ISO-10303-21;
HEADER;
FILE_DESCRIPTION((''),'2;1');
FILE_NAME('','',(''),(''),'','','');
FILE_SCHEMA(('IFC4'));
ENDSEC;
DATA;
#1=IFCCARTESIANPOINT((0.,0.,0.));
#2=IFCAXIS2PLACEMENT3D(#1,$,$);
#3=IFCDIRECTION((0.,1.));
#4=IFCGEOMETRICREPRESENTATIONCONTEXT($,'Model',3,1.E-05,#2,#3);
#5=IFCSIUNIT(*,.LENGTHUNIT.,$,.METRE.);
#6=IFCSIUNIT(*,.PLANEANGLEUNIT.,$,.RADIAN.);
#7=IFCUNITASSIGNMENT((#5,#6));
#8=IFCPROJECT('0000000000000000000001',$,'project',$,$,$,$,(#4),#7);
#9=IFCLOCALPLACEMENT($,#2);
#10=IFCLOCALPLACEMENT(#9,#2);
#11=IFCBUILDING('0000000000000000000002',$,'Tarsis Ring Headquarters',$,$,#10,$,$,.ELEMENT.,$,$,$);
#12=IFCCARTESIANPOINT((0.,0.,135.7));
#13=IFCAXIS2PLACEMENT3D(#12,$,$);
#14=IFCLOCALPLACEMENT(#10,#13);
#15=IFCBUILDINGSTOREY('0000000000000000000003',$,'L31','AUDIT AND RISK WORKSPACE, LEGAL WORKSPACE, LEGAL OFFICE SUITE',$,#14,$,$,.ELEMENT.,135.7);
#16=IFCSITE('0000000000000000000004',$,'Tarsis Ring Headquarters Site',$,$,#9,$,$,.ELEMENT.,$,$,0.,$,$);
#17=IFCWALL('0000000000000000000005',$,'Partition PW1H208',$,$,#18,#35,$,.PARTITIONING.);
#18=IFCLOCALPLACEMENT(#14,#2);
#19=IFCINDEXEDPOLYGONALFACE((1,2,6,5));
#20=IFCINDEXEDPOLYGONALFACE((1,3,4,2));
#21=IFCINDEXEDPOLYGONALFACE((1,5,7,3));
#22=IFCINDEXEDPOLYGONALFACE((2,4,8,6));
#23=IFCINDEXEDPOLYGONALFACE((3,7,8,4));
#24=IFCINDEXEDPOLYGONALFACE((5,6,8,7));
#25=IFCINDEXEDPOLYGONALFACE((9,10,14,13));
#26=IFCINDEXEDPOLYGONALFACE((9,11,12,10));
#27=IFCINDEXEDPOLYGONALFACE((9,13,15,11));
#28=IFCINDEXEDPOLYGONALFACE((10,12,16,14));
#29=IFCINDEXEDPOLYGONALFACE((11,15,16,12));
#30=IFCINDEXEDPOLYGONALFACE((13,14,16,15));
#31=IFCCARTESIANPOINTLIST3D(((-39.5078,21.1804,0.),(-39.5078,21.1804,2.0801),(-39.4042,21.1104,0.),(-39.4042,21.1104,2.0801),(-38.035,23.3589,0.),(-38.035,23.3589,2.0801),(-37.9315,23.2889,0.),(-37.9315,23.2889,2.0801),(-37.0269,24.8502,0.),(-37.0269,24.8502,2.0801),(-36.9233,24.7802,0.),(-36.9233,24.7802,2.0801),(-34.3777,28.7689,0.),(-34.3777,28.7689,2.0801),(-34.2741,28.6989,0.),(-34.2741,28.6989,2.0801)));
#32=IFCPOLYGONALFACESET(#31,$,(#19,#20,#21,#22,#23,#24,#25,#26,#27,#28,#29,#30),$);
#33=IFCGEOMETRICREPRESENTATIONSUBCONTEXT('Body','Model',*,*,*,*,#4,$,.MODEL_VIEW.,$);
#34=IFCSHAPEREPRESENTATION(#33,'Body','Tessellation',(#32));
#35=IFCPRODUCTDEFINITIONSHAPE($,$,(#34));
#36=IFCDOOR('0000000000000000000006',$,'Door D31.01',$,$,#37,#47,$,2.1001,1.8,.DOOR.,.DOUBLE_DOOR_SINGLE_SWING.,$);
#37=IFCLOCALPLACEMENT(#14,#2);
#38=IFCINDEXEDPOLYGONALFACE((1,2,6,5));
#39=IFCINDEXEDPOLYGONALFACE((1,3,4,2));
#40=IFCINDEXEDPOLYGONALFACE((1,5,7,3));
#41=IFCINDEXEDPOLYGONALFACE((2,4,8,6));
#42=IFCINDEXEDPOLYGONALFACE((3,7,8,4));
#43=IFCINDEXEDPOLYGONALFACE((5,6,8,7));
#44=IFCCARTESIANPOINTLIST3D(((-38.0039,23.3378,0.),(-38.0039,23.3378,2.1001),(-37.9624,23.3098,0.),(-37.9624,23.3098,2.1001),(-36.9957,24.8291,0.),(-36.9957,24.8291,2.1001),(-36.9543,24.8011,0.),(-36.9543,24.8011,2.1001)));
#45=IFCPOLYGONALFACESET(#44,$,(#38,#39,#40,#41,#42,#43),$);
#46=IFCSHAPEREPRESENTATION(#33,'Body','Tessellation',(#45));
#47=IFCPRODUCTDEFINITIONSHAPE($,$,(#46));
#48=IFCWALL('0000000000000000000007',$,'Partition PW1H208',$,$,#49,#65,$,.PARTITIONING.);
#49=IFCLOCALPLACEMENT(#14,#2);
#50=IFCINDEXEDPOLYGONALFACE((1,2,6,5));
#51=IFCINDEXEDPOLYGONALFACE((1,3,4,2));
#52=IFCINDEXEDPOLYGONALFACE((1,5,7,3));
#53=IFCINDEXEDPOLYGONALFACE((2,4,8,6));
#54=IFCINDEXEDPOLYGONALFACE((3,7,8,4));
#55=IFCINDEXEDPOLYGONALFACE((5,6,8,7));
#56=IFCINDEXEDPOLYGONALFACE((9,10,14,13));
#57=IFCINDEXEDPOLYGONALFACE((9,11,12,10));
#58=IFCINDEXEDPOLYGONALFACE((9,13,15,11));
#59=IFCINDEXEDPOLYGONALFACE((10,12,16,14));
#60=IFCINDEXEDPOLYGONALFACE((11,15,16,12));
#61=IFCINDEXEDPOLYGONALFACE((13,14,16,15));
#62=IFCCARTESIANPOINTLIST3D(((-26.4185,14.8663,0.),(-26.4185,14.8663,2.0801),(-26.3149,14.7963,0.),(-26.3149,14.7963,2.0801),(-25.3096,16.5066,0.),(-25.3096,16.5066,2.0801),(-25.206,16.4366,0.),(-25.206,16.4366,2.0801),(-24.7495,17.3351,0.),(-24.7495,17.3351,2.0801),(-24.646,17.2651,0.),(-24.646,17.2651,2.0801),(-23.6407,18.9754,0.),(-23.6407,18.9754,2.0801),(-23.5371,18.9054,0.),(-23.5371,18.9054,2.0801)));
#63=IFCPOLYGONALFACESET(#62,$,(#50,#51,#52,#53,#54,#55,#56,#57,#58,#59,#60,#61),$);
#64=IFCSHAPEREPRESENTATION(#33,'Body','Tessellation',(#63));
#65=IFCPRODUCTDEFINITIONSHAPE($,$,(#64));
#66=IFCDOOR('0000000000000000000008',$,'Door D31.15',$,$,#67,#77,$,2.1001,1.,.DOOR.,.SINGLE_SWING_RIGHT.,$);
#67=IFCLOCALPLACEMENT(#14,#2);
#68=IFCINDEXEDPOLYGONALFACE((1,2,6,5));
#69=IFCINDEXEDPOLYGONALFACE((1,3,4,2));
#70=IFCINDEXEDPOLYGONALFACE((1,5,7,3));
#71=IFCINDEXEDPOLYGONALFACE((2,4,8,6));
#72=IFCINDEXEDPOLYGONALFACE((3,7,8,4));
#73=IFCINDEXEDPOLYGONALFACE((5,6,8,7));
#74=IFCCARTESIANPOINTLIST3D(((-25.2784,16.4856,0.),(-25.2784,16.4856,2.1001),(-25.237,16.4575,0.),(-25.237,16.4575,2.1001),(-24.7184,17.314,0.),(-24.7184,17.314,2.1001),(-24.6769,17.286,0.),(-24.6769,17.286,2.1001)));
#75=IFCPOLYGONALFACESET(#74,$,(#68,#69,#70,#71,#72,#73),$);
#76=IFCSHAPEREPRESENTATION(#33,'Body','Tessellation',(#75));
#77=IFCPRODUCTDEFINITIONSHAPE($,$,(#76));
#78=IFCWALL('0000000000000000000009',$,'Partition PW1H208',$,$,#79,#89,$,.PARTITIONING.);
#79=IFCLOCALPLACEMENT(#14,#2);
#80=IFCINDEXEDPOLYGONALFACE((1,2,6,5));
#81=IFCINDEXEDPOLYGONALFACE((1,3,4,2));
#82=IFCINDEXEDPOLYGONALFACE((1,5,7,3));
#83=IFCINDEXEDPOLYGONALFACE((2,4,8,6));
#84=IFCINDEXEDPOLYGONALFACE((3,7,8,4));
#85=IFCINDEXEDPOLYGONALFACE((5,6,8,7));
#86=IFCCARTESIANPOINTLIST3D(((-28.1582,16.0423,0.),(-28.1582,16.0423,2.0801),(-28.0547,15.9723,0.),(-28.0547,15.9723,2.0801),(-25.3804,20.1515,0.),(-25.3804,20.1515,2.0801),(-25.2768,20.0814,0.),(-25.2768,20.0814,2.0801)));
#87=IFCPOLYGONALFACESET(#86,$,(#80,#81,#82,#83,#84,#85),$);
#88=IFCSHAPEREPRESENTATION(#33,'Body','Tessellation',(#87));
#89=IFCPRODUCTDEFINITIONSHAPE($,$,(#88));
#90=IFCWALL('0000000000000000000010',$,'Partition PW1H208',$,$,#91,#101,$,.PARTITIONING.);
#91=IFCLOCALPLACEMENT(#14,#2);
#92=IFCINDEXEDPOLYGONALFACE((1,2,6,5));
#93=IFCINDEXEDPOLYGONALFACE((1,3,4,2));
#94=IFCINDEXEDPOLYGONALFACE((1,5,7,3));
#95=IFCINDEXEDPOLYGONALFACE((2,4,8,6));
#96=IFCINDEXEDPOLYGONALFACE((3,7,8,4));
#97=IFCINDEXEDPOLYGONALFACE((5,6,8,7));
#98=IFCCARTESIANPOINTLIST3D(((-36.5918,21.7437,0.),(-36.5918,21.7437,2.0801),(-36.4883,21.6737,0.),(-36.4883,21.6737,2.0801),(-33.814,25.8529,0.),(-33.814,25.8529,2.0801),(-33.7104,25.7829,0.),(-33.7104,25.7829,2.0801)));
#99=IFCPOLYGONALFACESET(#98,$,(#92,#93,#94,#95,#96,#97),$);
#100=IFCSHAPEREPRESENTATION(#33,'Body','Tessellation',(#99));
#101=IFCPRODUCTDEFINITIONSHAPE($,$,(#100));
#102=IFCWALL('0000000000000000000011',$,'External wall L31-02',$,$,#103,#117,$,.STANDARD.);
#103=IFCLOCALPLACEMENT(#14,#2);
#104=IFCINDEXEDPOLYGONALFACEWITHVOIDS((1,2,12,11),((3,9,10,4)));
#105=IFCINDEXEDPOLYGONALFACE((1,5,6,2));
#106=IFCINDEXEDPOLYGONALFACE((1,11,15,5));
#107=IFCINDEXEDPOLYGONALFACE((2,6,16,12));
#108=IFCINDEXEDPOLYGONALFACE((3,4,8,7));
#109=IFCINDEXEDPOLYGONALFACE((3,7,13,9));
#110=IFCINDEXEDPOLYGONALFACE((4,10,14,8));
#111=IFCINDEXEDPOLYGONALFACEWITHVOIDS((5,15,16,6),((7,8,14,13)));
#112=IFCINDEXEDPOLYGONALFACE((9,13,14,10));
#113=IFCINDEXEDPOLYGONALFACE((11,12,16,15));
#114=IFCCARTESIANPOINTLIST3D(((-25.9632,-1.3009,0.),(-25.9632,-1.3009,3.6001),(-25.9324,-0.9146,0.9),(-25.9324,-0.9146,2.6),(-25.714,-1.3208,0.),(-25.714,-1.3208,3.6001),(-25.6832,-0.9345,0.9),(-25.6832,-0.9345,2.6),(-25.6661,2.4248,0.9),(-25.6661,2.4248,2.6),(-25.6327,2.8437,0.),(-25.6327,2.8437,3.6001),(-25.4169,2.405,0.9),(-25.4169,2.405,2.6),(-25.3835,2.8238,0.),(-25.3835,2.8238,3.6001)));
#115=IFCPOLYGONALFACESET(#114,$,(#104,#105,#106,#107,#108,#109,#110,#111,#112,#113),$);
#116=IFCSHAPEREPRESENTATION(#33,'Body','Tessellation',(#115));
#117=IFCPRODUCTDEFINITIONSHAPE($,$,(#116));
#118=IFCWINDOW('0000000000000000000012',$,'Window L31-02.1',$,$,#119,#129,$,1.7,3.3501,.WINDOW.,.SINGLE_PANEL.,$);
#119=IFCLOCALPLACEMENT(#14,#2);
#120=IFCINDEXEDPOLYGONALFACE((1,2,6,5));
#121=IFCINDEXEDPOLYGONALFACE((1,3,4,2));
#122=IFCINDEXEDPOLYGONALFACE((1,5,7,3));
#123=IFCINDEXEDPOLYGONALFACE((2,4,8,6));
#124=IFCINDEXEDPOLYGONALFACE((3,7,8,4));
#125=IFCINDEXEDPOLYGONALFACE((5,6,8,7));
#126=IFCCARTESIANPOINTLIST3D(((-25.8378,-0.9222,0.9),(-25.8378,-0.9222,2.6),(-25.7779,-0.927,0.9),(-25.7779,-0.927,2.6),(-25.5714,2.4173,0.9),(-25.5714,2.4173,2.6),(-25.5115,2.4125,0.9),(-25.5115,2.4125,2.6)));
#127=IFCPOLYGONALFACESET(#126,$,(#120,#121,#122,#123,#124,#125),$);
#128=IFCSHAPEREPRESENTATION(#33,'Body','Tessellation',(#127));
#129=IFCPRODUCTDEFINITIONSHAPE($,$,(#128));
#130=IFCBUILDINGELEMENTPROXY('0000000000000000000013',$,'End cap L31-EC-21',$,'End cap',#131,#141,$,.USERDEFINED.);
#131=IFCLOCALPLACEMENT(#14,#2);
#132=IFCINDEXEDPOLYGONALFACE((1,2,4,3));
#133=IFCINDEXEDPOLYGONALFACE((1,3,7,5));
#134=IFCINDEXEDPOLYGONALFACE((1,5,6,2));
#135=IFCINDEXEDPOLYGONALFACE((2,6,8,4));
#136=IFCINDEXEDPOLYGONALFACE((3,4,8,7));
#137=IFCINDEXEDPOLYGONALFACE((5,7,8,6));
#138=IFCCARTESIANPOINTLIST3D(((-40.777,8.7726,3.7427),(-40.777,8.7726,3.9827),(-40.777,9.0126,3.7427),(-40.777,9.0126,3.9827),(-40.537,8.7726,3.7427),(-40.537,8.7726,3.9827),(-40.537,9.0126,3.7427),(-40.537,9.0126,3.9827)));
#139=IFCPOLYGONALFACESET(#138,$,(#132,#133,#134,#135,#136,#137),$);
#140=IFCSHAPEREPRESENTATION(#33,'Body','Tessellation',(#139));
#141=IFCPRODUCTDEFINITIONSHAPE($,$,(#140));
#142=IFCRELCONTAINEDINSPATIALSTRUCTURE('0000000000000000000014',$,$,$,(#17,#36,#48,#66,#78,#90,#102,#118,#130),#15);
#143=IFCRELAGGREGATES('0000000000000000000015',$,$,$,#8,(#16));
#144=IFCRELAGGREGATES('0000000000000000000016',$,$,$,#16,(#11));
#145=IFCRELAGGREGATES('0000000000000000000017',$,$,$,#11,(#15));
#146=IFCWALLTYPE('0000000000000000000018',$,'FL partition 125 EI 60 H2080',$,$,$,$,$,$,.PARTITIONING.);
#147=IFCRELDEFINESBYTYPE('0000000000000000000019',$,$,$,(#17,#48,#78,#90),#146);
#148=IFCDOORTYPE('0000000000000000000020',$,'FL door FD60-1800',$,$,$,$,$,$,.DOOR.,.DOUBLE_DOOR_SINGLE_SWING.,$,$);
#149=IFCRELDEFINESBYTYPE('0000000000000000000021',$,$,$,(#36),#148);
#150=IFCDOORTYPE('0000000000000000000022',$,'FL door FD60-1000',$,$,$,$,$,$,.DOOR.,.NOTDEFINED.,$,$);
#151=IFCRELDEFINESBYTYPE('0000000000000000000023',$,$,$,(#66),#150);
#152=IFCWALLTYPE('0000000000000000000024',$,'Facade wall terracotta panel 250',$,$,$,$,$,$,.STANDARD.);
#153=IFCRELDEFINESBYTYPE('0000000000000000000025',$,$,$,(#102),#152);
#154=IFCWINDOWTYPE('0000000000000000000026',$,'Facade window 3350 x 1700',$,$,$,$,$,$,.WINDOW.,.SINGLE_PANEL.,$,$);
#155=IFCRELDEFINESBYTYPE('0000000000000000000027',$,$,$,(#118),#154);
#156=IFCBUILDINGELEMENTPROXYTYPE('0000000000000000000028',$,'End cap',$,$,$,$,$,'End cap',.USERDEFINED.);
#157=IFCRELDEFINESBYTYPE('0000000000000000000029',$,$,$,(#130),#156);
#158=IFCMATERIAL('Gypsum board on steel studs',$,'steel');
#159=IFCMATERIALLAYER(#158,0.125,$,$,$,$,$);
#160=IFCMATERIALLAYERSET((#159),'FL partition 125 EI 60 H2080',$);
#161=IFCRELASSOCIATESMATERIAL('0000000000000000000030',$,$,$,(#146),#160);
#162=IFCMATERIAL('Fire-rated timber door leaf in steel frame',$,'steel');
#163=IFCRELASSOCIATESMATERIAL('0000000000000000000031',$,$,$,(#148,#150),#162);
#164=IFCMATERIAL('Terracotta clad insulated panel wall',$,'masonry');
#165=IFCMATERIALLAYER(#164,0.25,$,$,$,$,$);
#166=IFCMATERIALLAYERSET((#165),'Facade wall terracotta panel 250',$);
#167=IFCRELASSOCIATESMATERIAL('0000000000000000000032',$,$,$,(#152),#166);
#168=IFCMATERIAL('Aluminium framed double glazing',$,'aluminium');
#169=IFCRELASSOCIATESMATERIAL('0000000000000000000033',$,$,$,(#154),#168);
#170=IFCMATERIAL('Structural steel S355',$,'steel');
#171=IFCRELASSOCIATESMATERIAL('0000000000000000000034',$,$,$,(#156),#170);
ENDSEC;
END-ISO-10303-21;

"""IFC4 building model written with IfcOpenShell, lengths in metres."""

from ifc_helpers import new_model, si_unit, direction, frame, frame_2d, origin, origin_2d, place, context, subcontext, project, spatial, rectangle, extrude, material, layer, layer_set, type_object, element, fill, save


model = new_model("IFC4")

# Units and contexts
model_context = context("Model", 3, precision=1e-05, world=origin(), true_north=direction((0.0, 1.0)))
body_context = subcontext(model_context, "Body", "Model", "MODEL_VIEW")
ifc_project = project(units=[si_unit("LENGTHUNIT", "METRE"), si_unit("PLANEANGLEUNIT", "RADIAN")], contexts=[model_context])

# Site, building, storey
site_placement = place(None, origin())
site = spatial("IfcSite", under=ifc_project, at=site_placement, Name="Tarsis Ring Headquarters Site", CompositionType="ELEMENT", RefElevation=0.0)
building_placement = place(site_placement, origin())
building = spatial("IfcBuilding", under=site, at=building_placement, Name="Tarsis Ring Headquarters", CompositionType="ELEMENT")
storey_placement = place(building_placement, frame((0.0, 0.0, 135.7)))
storey = spatial("IfcBuildingStorey", under=building, at=storey_placement, Name="L31", Description="AUDIT AND RISK WORKSPACE, LEGAL WORKSPACE, LEGAL OFFICE SUITE", CompositionType="ELEMENT", Elevation=135.7)

# Shared definitions
ifc_material_1 = material(Name="Structural steel S355", Category="steel")

# Shared definitions
ifc_material_2 = material(Name="Gypsum board on steel studs", Category="steel")

# Shared definitions
ifc_layer_1 = layer(ifc_material_2, 0.125)
ifc_layer_set_1 = layer_set([ifc_layer_1], Name="FL partition 125 EI 60 H2080")
wall_type_1 = type_object("IfcWallType", Name="FL partition 125 EI 60 H2080", PredefinedType="PARTITIONING", material=ifc_layer_set_1)
ifc_material_3 = material(Name="Fire-rated timber door leaf in steel frame", Category="steel")
door_type_1 = type_object("IfcDoorType", Name="FL door FD60-1800", OperationType="DOUBLE_DOOR_SINGLE_SWING", PredefinedType="DOOR", material=ifc_material_3)
door_type_2 = type_object("IfcDoorType", Name="FL door FD60-1000", OperationType="NOTDEFINED", PredefinedType="DOOR", material=ifc_material_3)

# Walls, openings, doors
wall_1_placement = place(storey_placement, frame((-39.4561, 21.1453, 0.0), z_axis=(0.0, 0.0, 1.0), x_axis=(0.560058, 0.828453, 0.0)))
wall_1 = element("IfcWall", 1, at=wall_1_placement, inside=storey, type_object=wall_type_1, Name="Partition PW1H208", PredefinedType="PARTITIONING", context=body_context, shape_type="SweptSolid", body=[
    extrude(rectangle(XDim=9.1599, YDim=0.125, at=frame_2d((4.5801, 0.0))), origin(), (0.0, 0.0, 1.0), 2.0801),
])
opening_1_placement = place(wall_1_placement, frame((2.6299, 0.0, 0.0)))
opening_1 = element("IfcOpeningElement", 2, at=opening_1_placement, cuts=wall_1, PredefinedType="OPENING", context=body_context, shape_type="SweptSolid", body=[
    extrude(rectangle(XDim=1.8, YDim=2.1001, at=frame_2d((0.8999, 1.05))), frame((0.0, 0.0725, 0.0), z_axis=(0.0, -1.0, 0.0), x_axis=(1.0, 0.0, 0.0)), (0.0, 0.0, 1.0), 0.145),
])
door_1_placement = place(opening_1_placement, origin())
door_1 = element("IfcDoor", 3, at=door_1_placement, inside=storey, type_object=door_type_1, Name="Door D31.01", OperationType="DOUBLE_DOOR_SINGLE_SWING", OverallHeight=2.1001, OverallWidth=1.8, PredefinedType="DOOR", context=body_context, shape_type="SweptSolid", body=[
    extrude(rectangle(XDim=1.8, YDim=2.1001, at=frame_2d((0.8999, 1.05))), frame((0.0, 0.0249, 0.0), z_axis=(0.0, -1.0, 0.0), x_axis=(1.0, 0.0, 0.0)), (0.0, 0.0, 1.0), 0.05),
])
fill(opening_1, door_1)
wall_2_placement = place(storey_placement, frame((-26.3667, 14.8313, 0.0), z_axis=(0.0, 0.0, 1.0), x_axis=(0.56005, 0.828459, 0.0)))
wall_2 = element("IfcWall", 4, at=wall_2_placement, inside=storey, type_object=wall_type_1, Name="Partition PW1H208", PredefinedType="PARTITIONING", context=body_context, shape_type="SweptSolid", body=[
    extrude(rectangle(XDim=4.96, YDim=0.125, at=frame_2d((2.48, 0.0))), origin(), (0.0, 0.0, 1.0), 2.0801),
])
opening_2_placement = place(wall_2_placement, frame((1.98, 0.0, 0.0)))
opening_2 = element("IfcOpeningElement", 5, at=opening_2_placement, cuts=wall_2, PredefinedType="OPENING", context=body_context, shape_type="SweptSolid", body=[
    extrude(rectangle(XDim=1.0, YDim=2.1001, at=frame_2d((0.5, 1.05))), frame((0.0, 0.0725, 0.0), z_axis=(0.0, -1.0, 0.0), x_axis=(1.0, 0.0, 0.0)), (0.0, 0.0, 1.0), 0.145),
])
door_2_placement = place(opening_2_placement, origin())
door_2 = element("IfcDoor", 6, at=door_2_placement, inside=storey, type_object=door_type_2, Name="Door D31.15", OperationType="SINGLE_SWING_RIGHT", OverallHeight=2.1001, OverallWidth=1.0, PredefinedType="DOOR", context=body_context, shape_type="SweptSolid", body=[
    extrude(rectangle(XDim=1.0, YDim=2.1001, at=frame_2d((0.5, 1.05))), frame((0.0, 0.0249, 0.0), z_axis=(0.0, -1.0, 0.0), x_axis=(1.0, 0.0, 0.0)), (0.0, 0.0, 1.0), 0.05),
])
fill(opening_2, door_2)

# Walls
for number, where, z_axis, x_axis, name in (
    (7, (-28.1064, 16.0073, 0.0), (0.0, 0.0, 1.0), (0.56005, 0.828459, 0.0), "Partition PW1H208"),
    (8, (-36.54, 21.7087, 0.0), (0.0, 0.0, 1.0), (0.56005, 0.828459, 0.0), "Partition PW1H208"),
):
    element("IfcWall", number, at=place(storey_placement, frame(where, z_axis=z_axis, x_axis=x_axis)), inside=storey, type_object=wall_type_1, Name=name, PredefinedType="PARTITIONING", context=body_context, shape_type="SweptSolid", body=[
        extrude(rectangle(XDim=4.96, YDim=0.125, at=frame_2d((2.48, 0.0))), origin(), (0.0, 0.0, 1.0), 2.0801),
    ])

# Wall, opening, window
ifc_material_4 = material(Name="Terracotta clad insulated panel wall", Category="masonry")
ifc_layer_2 = layer(ifc_material_4, 0.25)
ifc_layer_set_2 = layer_set([ifc_layer_2], Name="Facade wall terracotta panel 250")
wall_type_2 = type_object("IfcWallType", Name="Facade wall terracotta panel 250", PredefinedType="STANDARD", material=ifc_layer_set_2)
wall_3_placement = place(storey_placement, frame((-25.5081, 2.8337, 0.0), z_axis=(0.0, 0.0, 1.0), x_axis=(-0.079507, -0.996834, 0.0)))
wall_3 = element("IfcWall", 9, at=wall_3_placement, inside=storey, type_object=wall_type_2, Name="External wall L31-02", PredefinedType="STANDARD", context=body_context, shape_type="SweptSolid", body=[
    extrude(rectangle(XDim=4.1577, YDim=0.25, at=frame_2d((2.0789, 0.0))), origin(), (0.0, 0.0, 1.0), 3.6001),
])
opening_3_placement = place(wall_3_placement, frame((0.4202, 0.0, 0.8999)))
opening_3 = element("IfcOpeningElement", 10, at=opening_3_placement, cuts=wall_3, PredefinedType="OPENING", context=body_context, shape_type="SweptSolid", body=[
    extrude(rectangle(XDim=3.3501, YDim=1.7, at=frame_2d((1.675, 0.8501))), frame((0.0, 0.135, 0.0), z_axis=(0.0, -1.0, 0.0), x_axis=(1.0, 0.0, 0.0)), (0.0, 0.0, 1.0), 0.27),
])
ifc_material_5 = material(Name="Aluminium framed double glazing", Category="aluminium")
window_type = type_object("IfcWindowType", Name="Facade window 3350 x 1700", PartitioningType="SINGLE_PANEL", PredefinedType="WINDOW", material=ifc_material_5)
window_placement = place(opening_3_placement, origin())
window = element("IfcWindow", 11, at=window_placement, inside=storey, type_object=window_type, Name="Window L31-02.1", OverallHeight=1.7, OverallWidth=3.3501, PartitioningType="SINGLE_PANEL", PredefinedType="WINDOW", context=body_context, shape_type="SweptSolid", body=[
    extrude(rectangle(XDim=3.3501, YDim=1.7, at=frame_2d((1.675, 0.8501))), frame((0.0, 0.03, 0.0), z_axis=(0.0, -1.0, 0.0), x_axis=(1.0, 0.0, 0.0)), (0.0, 0.0, 1.0), 0.0601),
])
fill(opening_3, window)

# Building element proxy
building_element_proxy_type = type_object("IfcBuildingElementProxyType", Name="End cap", ElementType="End cap", PredefinedType="USERDEFINED", material=ifc_material_1)
proxy_placement = place(storey_placement, frame((-40.657, 8.8926, 3.7427), z_axis=(0.0, 0.0, 1.0), x_axis=(1.0, 0.0, 0.0)))
element("IfcBuildingElementProxy", 12, at=proxy_placement, inside=storey, type_object=building_element_proxy_type, Name="End cap L31-EC-21", ObjectType="End cap", PredefinedType="USERDEFINED", context=body_context, shape_type="SweptSolid", body=[
    extrude(rectangle(XDim=0.24, YDim=0.24, at=origin_2d()), origin(), (0.0, 0.0, 1.0), 0.24),
])

save(model, "model.ifc")
